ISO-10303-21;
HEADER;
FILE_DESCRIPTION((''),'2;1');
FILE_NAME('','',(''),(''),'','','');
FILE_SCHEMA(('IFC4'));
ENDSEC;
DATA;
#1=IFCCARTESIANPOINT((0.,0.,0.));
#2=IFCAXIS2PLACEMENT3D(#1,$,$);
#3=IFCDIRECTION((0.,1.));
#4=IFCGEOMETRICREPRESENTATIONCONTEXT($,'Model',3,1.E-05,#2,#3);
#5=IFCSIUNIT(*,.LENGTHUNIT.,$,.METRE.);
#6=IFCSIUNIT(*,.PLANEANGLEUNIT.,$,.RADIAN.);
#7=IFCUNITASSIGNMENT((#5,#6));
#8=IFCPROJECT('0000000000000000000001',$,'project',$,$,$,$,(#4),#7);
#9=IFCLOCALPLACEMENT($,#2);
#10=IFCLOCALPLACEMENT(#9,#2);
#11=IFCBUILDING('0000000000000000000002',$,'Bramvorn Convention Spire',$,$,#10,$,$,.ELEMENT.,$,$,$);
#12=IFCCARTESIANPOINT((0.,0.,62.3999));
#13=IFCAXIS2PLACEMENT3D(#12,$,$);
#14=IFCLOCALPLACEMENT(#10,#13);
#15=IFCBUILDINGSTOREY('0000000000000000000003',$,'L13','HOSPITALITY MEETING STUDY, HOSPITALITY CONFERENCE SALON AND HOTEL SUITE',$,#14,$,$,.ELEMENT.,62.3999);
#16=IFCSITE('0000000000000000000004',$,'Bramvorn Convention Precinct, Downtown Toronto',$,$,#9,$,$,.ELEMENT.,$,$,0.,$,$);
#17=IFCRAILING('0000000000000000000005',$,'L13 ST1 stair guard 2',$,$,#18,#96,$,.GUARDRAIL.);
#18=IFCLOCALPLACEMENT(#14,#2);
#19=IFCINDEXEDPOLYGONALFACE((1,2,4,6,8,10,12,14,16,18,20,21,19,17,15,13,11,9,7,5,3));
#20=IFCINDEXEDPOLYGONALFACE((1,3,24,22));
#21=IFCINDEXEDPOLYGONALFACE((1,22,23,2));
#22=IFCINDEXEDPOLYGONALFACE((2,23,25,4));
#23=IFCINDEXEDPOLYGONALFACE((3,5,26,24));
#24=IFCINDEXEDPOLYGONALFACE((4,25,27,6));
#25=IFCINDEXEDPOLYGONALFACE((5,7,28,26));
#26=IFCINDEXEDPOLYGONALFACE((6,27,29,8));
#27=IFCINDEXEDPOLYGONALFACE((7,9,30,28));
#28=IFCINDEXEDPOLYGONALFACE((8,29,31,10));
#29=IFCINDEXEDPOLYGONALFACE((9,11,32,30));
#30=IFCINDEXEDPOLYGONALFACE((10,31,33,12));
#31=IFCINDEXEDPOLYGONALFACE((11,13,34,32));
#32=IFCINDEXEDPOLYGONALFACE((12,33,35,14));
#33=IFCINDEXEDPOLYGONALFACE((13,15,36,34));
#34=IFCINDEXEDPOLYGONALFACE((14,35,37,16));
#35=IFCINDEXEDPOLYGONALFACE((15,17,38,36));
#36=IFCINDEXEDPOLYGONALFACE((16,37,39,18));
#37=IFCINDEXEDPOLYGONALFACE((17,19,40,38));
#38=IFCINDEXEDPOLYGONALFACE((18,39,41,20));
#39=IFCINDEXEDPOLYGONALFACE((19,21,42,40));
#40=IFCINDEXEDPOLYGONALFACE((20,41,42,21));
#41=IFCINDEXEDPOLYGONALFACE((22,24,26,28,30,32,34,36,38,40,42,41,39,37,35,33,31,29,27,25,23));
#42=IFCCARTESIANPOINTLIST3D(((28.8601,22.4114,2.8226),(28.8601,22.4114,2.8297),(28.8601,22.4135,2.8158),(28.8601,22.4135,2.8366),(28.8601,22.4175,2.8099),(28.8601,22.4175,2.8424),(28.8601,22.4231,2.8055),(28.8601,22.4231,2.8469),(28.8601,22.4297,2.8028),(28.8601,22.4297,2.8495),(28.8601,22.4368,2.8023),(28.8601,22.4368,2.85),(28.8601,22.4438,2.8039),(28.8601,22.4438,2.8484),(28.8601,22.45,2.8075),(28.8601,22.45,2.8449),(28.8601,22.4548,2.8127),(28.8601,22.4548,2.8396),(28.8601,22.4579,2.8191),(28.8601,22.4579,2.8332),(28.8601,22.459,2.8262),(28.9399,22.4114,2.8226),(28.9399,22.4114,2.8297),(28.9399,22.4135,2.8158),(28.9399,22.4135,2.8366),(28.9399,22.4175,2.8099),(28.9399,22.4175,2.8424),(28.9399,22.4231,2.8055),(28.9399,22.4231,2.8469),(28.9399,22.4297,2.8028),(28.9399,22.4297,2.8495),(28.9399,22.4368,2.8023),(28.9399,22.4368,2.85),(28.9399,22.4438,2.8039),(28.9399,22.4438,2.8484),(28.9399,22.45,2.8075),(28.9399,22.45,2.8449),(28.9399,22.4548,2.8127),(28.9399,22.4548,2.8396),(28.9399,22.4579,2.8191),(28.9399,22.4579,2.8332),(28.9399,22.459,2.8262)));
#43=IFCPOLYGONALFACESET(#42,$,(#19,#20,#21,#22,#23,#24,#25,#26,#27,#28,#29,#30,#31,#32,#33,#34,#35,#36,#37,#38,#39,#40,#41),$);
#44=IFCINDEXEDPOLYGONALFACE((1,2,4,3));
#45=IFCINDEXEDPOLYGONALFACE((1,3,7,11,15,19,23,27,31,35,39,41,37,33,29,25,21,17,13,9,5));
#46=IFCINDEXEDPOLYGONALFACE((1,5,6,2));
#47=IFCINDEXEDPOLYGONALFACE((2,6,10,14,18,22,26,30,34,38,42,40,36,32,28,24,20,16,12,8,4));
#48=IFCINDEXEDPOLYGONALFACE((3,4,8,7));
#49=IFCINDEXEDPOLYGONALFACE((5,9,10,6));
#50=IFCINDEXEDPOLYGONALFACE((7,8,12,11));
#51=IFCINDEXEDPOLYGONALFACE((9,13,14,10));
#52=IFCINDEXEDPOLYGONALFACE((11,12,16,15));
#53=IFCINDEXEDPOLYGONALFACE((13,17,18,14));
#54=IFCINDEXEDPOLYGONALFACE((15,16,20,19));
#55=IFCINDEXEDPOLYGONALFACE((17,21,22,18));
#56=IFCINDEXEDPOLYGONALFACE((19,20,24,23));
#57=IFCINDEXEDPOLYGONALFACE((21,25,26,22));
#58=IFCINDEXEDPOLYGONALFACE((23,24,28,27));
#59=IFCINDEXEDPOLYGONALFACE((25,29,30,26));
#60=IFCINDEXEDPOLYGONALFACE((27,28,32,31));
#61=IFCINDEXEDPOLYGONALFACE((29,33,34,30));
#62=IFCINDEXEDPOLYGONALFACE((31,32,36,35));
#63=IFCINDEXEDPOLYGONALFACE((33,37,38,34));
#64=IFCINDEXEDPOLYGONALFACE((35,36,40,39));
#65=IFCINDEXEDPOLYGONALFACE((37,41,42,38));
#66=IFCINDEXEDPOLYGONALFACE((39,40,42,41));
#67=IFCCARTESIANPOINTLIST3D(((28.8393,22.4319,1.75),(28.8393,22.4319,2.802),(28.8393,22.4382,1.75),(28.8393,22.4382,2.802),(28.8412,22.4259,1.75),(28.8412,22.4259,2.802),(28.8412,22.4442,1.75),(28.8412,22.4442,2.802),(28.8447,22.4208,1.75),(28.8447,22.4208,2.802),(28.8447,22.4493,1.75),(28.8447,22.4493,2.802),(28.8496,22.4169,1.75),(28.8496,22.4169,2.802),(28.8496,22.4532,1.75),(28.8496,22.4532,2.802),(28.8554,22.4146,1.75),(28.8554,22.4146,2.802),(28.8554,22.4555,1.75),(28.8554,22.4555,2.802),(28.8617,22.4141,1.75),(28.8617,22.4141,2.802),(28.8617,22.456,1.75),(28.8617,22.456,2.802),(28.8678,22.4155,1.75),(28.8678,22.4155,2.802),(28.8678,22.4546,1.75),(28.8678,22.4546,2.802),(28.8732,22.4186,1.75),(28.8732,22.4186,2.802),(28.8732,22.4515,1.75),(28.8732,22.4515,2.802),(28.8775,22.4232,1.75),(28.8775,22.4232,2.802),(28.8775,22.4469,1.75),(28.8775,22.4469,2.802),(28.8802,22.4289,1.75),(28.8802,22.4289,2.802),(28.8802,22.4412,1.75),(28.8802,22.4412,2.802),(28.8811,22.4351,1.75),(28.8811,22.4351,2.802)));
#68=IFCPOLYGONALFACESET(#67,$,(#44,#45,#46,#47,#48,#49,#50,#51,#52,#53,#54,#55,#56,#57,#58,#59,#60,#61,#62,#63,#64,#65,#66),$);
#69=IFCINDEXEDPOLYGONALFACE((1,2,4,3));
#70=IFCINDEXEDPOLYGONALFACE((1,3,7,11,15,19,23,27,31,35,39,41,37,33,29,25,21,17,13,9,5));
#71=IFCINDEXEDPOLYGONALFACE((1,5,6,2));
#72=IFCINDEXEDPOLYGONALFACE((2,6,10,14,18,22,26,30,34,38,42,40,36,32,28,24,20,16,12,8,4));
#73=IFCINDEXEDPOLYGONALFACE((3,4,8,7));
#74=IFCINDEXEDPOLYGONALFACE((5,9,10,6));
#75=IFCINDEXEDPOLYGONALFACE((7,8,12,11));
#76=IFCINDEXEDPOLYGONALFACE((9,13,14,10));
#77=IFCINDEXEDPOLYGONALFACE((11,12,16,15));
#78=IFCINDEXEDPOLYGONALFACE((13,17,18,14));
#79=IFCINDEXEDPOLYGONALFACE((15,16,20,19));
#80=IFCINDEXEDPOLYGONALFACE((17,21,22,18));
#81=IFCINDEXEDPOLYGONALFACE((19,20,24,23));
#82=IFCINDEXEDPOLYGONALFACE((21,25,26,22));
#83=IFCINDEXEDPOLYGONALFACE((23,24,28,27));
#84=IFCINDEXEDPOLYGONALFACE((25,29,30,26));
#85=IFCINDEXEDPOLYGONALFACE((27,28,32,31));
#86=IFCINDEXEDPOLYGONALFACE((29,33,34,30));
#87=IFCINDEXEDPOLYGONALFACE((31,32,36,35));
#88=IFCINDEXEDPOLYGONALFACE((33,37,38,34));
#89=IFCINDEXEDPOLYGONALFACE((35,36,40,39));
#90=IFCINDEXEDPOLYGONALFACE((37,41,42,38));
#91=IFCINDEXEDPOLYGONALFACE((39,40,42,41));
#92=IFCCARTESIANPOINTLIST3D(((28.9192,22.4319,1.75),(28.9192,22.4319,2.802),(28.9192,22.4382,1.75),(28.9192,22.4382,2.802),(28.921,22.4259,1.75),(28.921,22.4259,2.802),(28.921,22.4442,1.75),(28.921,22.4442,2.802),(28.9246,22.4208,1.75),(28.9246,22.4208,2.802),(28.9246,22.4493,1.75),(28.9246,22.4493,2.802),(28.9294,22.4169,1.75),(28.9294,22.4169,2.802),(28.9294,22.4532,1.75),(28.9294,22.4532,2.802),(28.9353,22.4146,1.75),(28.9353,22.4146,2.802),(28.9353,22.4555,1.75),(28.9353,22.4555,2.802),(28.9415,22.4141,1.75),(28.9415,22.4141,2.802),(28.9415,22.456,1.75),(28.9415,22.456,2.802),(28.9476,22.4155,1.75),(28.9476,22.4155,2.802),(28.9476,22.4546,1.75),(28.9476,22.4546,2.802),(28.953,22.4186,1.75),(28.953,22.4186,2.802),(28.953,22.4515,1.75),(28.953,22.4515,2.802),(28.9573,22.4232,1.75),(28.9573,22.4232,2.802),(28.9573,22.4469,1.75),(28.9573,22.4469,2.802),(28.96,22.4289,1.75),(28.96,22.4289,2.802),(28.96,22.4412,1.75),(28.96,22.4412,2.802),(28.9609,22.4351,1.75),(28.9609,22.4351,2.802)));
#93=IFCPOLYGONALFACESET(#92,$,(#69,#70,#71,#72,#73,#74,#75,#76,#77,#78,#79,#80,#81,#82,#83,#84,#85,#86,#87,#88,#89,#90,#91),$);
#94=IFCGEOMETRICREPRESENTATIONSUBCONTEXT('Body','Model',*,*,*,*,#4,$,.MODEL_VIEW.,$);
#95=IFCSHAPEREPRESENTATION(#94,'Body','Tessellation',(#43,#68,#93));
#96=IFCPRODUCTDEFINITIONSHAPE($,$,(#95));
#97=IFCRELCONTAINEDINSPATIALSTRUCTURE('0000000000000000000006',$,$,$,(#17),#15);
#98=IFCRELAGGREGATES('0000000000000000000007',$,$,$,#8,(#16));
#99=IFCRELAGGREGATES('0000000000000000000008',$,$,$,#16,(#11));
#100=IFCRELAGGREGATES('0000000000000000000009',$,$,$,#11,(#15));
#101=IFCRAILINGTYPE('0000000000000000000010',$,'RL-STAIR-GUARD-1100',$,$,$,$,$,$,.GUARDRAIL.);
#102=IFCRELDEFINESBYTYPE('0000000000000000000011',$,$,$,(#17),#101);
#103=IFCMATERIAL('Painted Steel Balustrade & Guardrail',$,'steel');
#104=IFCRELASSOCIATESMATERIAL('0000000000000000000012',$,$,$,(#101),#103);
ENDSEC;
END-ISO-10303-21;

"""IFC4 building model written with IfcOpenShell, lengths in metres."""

from ifc_helpers import new_model, si_unit, direction, frame, origin, origin_2d, place, context, subcontext, project, spatial, circle, extrude, material, type_object, element, save


model = new_model("IFC4")

# Units and contexts
model_context = context("Model", 3, precision=1e-05, world=origin(), true_north=direction((0.0, 1.0)))
body_context = subcontext(model_context, "Body", "Model", "MODEL_VIEW")
ifc_project = project(units=[si_unit("LENGTHUNIT", "METRE"), si_unit("PLANEANGLEUNIT", "RADIAN")], contexts=[model_context])

# Site, building, storey
site_placement = place(None, origin())
site = spatial("IfcSite", under=ifc_project, at=site_placement, Name="Bramvorn Convention Precinct, Downtown Toronto", CompositionType="ELEMENT", RefElevation=0.0)
building_placement = place(site_placement, origin())
building = spatial("IfcBuilding", under=site, at=building_placement, Name="Bramvorn Convention Spire", CompositionType="ELEMENT")
storey_placement = place(building_placement, frame((0.0, 0.0, 62.3999)))
storey = spatial("IfcBuildingStorey", under=building, at=storey_placement, Name="L13", Description="HOSPITALITY MEETING STUDY, HOSPITALITY CONFERENCE SALON AND HOTEL SUITE", CompositionType="ELEMENT", Elevation=62.3999)

# Railing
ifc_material_1 = material(Name="Painted Steel Balustrade & Guardrail", Category="steel")
railing_type_1 = type_object("IfcRailingType", Name="RL-STAIR-GUARD-1100", PredefinedType="GUARDRAIL", material=ifc_material_1)
railing_1_placement = place(storey_placement, frame((28.8601, 22.4351, 1.75)))
element("IfcRailing", 1, at=railing_1_placement, inside=storey, type_object=railing_type_1, Name="L13 ST1 stair guard 2", PredefinedType="GUARDRAIL", context=body_context, shape_type="SweptSolid", body=[
    extrude(circle(Radius=0.0239, at=origin_2d()), frame((0.0, 0.0, 1.0762), z_axis=(1.0, 0.0, 0.0), x_axis=(0.0, 1.0, 0.0)), (0.0, 0.0, 1.0), 0.0798),
    extrude(circle(Radius=0.021, at=origin_2d()), origin(), (0.0, 0.0, 1.0), 1.052),
    extrude(circle(Radius=0.021, at=origin_2d()), frame((0.0798, 0.0, 0.0)), (0.0, 0.0, 1.0), 1.052),
])

save(model, "model.ifc")
